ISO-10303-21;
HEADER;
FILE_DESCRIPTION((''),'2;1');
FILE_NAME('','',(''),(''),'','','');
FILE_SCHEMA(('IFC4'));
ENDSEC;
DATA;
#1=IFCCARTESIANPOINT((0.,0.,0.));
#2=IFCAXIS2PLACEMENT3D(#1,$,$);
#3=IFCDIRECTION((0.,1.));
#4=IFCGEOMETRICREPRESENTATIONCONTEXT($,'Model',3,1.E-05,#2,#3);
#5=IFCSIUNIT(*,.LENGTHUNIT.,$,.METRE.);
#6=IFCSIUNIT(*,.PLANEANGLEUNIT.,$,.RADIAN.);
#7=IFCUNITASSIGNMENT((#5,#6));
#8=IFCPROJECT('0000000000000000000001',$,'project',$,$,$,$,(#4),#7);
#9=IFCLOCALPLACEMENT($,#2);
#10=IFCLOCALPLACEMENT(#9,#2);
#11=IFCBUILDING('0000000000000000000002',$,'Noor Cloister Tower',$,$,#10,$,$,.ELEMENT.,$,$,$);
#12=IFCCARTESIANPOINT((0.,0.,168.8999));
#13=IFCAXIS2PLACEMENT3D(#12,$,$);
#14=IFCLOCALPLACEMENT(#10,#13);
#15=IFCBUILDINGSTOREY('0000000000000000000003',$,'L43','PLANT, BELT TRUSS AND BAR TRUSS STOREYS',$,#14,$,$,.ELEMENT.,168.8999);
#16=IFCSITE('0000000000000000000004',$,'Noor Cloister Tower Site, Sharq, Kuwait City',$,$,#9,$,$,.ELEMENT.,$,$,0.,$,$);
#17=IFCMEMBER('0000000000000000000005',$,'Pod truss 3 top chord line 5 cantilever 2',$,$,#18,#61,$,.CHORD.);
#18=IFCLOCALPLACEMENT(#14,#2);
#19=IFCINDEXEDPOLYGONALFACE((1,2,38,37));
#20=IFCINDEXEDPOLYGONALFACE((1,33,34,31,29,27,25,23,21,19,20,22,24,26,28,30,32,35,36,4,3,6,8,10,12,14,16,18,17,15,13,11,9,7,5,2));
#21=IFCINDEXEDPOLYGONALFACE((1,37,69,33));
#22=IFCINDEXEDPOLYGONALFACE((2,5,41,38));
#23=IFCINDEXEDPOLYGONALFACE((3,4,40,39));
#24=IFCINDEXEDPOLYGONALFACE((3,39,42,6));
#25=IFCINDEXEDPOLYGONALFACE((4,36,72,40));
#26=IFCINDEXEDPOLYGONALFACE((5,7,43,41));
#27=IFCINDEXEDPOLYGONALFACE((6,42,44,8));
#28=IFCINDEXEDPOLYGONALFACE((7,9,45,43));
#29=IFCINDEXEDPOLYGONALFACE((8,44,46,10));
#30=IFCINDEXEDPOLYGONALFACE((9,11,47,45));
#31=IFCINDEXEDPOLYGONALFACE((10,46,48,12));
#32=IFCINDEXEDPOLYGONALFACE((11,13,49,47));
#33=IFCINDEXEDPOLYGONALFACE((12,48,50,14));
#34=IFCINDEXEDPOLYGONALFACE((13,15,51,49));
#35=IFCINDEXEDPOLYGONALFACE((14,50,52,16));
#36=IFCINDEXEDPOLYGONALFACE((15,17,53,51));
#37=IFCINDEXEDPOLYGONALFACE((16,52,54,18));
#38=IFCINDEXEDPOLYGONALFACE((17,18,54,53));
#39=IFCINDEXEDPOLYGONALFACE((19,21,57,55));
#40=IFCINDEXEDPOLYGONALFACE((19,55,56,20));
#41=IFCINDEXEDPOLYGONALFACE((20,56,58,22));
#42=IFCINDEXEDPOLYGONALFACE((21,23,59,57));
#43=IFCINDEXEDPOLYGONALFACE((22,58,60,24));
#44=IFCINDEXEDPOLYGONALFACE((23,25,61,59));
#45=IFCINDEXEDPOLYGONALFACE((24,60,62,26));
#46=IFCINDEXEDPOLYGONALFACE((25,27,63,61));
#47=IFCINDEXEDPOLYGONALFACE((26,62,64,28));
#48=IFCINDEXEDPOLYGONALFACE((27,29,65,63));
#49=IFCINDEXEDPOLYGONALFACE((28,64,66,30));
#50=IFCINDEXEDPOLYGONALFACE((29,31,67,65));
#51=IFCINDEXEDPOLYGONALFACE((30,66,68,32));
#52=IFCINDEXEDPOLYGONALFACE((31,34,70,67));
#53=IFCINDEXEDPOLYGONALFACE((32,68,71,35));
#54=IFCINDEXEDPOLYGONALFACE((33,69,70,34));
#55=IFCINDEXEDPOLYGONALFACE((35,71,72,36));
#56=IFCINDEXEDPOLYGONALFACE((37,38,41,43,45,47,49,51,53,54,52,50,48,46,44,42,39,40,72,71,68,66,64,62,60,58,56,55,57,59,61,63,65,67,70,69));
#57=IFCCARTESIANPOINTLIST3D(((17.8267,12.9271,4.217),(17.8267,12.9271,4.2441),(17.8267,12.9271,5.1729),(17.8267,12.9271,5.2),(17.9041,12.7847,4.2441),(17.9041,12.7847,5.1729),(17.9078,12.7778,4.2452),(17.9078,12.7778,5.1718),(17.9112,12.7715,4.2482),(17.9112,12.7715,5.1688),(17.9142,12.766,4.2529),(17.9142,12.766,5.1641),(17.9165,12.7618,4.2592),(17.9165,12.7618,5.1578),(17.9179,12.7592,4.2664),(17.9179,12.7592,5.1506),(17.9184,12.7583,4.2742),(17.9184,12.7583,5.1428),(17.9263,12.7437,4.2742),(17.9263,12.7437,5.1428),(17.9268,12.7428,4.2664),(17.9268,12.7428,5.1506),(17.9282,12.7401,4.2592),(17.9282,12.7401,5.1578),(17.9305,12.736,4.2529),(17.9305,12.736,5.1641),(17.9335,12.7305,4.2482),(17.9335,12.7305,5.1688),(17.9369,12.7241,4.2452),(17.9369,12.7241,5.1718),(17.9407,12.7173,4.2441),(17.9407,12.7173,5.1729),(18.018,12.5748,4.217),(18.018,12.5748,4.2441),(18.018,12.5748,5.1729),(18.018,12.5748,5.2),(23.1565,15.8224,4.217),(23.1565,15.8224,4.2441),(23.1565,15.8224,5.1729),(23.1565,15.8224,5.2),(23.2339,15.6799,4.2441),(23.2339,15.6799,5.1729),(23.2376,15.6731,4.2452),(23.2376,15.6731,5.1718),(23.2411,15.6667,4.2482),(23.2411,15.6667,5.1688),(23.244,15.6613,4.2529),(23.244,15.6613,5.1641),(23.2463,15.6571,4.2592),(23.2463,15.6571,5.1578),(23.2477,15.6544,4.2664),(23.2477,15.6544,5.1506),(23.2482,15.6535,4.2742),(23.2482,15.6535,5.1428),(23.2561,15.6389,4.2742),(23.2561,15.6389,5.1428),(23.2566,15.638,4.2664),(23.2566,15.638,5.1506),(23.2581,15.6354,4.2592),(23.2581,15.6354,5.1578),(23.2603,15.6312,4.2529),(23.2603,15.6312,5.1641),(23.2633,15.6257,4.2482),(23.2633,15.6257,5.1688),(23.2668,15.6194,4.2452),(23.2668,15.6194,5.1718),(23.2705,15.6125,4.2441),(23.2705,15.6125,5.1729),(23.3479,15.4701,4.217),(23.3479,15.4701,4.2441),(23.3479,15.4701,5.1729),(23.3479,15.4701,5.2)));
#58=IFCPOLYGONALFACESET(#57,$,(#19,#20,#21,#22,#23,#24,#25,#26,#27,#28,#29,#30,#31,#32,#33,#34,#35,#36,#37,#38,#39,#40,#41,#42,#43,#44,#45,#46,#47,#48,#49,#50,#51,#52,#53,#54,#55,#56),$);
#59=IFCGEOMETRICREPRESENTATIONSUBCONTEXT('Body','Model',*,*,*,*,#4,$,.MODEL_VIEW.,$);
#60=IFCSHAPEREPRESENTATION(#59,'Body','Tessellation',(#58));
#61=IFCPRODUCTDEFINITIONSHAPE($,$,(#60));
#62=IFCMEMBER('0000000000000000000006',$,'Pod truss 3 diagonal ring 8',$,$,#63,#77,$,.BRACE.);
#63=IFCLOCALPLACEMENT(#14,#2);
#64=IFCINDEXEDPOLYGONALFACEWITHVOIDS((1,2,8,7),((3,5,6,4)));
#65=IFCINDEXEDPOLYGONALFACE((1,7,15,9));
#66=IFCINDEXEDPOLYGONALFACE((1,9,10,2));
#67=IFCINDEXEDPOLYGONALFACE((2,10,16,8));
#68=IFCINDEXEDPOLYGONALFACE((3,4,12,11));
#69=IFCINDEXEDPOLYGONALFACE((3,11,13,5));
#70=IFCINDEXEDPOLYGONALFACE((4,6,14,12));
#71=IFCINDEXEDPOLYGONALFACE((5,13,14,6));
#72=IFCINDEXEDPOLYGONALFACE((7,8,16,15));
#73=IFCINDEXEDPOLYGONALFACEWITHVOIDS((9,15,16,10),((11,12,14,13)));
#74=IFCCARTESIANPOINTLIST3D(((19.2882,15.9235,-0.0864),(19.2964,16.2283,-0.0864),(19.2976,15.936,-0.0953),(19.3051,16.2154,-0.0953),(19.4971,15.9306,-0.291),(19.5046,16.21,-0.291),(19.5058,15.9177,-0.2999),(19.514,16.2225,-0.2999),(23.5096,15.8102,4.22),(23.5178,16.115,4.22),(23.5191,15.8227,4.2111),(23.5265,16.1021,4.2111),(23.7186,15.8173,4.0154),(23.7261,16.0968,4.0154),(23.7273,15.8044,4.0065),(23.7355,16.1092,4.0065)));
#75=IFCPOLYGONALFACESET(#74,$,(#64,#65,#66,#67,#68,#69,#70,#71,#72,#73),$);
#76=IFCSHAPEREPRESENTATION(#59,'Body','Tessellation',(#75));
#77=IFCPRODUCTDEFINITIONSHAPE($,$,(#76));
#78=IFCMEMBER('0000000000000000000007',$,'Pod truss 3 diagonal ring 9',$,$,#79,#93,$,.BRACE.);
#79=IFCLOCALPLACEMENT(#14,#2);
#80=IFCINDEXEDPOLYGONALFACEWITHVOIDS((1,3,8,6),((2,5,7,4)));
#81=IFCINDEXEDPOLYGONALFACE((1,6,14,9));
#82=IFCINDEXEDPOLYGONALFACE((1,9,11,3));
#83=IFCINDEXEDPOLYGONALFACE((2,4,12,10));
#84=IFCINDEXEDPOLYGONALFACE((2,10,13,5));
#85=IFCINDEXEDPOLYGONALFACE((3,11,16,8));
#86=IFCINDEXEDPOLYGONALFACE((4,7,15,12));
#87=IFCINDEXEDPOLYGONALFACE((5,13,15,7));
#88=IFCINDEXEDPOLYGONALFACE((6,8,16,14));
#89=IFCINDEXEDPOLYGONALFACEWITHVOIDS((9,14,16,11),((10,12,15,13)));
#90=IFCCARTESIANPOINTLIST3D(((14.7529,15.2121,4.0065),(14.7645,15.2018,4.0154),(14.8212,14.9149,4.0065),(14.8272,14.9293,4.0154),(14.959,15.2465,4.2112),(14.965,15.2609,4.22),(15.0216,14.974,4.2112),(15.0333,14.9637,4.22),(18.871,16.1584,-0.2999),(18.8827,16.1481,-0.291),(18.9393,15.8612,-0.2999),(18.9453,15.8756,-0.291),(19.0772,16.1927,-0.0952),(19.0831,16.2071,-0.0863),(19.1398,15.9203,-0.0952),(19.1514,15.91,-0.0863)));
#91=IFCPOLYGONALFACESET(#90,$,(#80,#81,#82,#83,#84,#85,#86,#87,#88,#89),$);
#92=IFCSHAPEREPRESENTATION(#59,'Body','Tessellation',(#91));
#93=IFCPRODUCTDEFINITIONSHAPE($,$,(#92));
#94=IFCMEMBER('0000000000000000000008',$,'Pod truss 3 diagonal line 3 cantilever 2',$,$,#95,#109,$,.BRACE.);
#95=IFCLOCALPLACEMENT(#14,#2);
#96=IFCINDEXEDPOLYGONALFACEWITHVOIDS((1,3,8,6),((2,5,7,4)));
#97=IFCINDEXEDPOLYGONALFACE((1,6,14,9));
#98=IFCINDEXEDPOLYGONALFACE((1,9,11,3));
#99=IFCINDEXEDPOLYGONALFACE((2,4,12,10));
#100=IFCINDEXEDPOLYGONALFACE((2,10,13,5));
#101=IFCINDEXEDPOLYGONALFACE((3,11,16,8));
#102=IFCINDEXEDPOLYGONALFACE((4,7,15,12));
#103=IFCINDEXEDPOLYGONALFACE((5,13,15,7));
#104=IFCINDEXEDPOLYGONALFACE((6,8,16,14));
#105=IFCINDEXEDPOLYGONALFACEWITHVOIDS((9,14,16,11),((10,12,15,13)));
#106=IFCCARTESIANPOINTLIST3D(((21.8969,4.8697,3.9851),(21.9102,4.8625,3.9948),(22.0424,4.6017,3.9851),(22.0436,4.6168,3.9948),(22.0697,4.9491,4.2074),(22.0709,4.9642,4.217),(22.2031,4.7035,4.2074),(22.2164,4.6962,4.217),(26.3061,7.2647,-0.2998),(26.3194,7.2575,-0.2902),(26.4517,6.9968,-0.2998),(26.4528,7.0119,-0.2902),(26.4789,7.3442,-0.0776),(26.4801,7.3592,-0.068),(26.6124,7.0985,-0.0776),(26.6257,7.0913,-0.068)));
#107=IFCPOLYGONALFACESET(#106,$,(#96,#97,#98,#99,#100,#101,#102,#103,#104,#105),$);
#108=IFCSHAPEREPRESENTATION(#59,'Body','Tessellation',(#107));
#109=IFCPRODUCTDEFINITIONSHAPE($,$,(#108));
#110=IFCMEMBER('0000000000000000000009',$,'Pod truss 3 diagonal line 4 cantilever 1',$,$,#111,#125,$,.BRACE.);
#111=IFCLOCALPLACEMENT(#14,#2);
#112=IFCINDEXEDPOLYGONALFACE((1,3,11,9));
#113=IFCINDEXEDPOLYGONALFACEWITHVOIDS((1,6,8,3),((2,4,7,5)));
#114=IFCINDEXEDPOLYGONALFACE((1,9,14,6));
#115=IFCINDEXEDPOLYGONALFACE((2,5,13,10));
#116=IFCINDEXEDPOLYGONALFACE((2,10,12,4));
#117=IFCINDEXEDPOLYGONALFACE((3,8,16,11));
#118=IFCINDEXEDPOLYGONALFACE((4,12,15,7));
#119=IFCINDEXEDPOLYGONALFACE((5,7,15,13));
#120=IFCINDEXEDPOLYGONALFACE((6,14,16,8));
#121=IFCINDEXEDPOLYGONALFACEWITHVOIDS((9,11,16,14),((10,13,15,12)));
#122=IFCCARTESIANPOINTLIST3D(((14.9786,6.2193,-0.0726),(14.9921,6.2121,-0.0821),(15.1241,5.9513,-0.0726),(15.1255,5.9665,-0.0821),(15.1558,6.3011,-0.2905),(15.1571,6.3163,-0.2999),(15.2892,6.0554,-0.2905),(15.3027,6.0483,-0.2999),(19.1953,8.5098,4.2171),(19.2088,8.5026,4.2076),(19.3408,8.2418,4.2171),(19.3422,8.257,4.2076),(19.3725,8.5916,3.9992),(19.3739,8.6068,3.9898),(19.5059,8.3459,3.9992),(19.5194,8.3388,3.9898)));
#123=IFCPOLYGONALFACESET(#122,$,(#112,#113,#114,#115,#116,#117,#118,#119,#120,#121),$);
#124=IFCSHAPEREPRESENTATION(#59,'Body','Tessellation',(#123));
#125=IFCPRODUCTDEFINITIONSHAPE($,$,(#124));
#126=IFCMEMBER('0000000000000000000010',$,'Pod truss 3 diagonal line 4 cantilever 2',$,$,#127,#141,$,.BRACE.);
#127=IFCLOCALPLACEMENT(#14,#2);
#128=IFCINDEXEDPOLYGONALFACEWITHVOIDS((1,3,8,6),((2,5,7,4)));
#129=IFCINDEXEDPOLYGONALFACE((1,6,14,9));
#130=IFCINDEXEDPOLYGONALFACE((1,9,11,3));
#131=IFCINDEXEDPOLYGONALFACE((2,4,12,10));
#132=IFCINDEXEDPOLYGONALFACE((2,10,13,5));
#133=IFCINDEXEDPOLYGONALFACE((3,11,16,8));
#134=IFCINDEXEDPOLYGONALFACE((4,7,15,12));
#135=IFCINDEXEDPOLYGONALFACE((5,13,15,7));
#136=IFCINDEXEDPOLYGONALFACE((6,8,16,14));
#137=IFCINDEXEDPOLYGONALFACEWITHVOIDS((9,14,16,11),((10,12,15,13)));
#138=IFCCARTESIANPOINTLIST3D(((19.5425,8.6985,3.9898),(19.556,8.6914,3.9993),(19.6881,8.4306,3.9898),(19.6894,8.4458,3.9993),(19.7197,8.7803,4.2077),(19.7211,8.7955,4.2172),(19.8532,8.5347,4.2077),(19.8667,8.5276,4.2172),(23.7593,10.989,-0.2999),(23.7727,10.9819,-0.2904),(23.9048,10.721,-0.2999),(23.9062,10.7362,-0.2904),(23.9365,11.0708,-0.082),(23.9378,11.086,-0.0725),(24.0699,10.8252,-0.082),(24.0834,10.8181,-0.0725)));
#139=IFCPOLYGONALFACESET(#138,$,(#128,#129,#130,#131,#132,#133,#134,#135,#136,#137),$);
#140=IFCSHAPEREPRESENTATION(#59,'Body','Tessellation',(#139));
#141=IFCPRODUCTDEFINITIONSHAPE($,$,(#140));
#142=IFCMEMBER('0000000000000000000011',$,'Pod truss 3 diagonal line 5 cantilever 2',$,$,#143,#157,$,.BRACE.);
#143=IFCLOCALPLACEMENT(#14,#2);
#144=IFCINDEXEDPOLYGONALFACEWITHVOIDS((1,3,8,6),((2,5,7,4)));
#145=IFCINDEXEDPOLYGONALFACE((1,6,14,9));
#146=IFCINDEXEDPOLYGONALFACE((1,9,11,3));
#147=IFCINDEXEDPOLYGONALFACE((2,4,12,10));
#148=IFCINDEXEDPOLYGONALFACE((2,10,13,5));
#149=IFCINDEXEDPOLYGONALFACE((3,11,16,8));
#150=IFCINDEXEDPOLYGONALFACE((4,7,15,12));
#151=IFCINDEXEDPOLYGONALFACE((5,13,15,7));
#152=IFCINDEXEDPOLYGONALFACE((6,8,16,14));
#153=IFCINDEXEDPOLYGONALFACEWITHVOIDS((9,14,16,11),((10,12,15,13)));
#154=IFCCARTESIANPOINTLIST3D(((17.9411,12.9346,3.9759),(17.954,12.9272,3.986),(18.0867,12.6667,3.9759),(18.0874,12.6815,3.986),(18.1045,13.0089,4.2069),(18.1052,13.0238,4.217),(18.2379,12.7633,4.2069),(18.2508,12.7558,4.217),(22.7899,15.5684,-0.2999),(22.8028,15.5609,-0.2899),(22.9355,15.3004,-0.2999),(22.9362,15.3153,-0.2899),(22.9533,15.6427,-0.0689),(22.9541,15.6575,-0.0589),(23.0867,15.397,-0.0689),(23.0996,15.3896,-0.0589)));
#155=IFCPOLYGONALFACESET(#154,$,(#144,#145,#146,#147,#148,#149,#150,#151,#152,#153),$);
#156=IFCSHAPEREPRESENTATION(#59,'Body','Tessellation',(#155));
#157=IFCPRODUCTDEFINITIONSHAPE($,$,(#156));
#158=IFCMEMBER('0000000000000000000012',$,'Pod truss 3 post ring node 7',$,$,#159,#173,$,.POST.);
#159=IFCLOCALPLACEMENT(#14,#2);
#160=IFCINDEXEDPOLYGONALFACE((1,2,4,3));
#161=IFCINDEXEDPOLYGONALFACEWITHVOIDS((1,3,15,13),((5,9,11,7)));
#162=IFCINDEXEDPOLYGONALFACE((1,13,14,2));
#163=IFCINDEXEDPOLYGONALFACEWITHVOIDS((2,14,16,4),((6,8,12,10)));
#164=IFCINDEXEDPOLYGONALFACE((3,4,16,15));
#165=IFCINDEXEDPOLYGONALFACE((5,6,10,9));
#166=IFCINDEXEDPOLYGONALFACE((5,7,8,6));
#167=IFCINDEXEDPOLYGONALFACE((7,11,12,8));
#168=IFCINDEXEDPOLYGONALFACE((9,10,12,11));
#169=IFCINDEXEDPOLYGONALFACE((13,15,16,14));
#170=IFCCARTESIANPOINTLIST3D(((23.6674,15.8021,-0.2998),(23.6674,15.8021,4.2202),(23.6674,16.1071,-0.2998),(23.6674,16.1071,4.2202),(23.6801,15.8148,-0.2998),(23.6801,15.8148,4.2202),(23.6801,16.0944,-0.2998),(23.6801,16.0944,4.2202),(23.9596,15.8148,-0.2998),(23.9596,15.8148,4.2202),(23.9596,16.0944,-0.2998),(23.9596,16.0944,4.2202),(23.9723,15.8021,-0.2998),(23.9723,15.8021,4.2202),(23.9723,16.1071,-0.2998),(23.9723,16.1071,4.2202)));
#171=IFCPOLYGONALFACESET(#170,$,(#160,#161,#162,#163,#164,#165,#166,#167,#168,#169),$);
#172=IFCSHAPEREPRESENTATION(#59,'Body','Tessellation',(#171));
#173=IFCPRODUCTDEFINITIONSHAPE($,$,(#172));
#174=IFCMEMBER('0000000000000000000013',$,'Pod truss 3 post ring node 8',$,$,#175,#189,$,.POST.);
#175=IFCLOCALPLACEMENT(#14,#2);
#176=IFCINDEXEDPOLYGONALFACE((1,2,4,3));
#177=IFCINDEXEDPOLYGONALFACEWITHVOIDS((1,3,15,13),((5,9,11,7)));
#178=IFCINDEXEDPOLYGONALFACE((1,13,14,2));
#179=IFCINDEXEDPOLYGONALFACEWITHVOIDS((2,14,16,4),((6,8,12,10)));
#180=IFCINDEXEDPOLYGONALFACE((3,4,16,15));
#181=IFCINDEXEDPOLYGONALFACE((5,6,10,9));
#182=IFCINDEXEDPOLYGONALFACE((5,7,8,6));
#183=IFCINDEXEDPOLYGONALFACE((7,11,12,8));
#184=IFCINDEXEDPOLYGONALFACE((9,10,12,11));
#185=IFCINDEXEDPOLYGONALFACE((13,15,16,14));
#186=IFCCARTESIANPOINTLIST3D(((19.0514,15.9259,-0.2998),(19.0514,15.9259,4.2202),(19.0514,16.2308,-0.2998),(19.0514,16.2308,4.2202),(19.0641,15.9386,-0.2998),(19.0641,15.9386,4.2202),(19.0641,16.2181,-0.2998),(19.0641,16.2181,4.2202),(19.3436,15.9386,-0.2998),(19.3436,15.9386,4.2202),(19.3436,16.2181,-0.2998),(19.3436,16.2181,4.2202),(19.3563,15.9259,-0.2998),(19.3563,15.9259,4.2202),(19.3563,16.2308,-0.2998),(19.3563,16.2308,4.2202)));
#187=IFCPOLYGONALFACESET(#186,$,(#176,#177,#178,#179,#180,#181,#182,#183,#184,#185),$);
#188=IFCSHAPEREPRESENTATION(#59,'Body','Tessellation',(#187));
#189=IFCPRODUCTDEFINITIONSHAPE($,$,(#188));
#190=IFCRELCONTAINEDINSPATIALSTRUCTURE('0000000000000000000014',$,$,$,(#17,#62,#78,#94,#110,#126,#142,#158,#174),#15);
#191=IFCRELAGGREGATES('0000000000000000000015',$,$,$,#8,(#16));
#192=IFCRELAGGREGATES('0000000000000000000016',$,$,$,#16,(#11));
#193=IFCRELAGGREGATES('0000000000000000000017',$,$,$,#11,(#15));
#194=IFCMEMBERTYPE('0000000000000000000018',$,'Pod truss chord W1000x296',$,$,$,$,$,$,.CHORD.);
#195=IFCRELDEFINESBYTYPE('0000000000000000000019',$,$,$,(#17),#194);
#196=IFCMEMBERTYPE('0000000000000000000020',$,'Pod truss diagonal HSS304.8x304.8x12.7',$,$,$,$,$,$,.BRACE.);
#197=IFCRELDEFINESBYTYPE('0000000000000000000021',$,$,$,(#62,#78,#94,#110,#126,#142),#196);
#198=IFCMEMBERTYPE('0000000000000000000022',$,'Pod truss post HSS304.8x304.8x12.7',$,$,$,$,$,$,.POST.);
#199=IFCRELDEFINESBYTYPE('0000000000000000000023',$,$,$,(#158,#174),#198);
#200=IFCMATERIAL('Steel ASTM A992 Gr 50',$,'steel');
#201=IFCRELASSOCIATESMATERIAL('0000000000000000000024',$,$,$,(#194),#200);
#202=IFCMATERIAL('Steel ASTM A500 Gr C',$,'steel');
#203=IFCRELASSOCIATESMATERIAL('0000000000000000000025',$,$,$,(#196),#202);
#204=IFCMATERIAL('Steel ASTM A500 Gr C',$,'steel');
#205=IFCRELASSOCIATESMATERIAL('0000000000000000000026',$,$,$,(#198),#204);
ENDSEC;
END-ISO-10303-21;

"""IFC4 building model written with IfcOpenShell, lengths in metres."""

from ifc_helpers import new_model, si_unit, direction, frame, origin, origin_2d, place, context, subcontext, project, spatial, hollow_rectangle, i_section, extrude, material, material_profile, profile_set, type_object, element, save


model = new_model("IFC4")

# Units and contexts
model_context = context("Model", 3, precision=1e-05, world=origin(), true_north=direction((0.0, 1.0)))
body_context = subcontext(model_context, "Body", "Model", "MODEL_VIEW")
ifc_project = project(units=[si_unit("LENGTHUNIT", "METRE"), si_unit("PLANEANGLEUNIT", "RADIAN")], contexts=[model_context])

# Site, building, storey
site_placement = place(None, origin())
site = spatial("IfcSite", under=ifc_project, at=site_placement, Name="Noor Cloister Tower Site, Sharq, Kuwait City", CompositionType="ELEMENT", RefElevation=0.0)
building_placement = place(site_placement, origin())
building = spatial("IfcBuilding", under=site, at=building_placement, Name="Noor Cloister Tower", CompositionType="ELEMENT")
storey_placement = place(building_placement, frame((0.0, 0.0, 168.8999)))
storey = spatial("IfcBuildingStorey", under=building, at=storey_placement, Name="L43", Description="PLANT, BELT TRUSS AND BAR TRUSS STOREYS", CompositionType="ELEMENT", Elevation=168.8999)

# Members
ifc_material_1 = material(Name="Steel ASTM A992 Gr 50", Category="steel")
ifc_material_profile_1 = material_profile(ifc_material_1, i_section(OverallWidth=0.4009, OverallDepth=0.9829, WebThickness=0.0166, FlangeThickness=0.0271, FilletRadius=0.03, at=origin_2d()), Name="W1000x296")
ifc_profile_set_1 = profile_set([ifc_material_profile_1], Name="Steel ASTM A992 Gr 50")
member_type_1 = type_object("IfcMemberType", Name="Pod truss chord W1000x296", PredefinedType="CHORD", material=ifc_profile_set_1)
for number, where, z_axis, x_axis, name in (
    (1, (17.9224, 12.751, 4.7085), (0.87872, 0.477337, 0.0), (-0.477337, 0.87872, 0.0), "Pod truss 3 top chord line 5 cantilever 2"),
):
    element("IfcMember", number, at=place(storey_placement, frame(where, z_axis=z_axis, x_axis=x_axis)), inside=storey, type_object=member_type_1, Name=name, PredefinedType="CHORD", context=body_context, shape_type="SweptSolid", body=[
        extrude(i_section(OverallWidth=0.4009, OverallDepth=0.9829, WebThickness=0.0166, FlangeThickness=0.0271, FilletRadius=0.03, at=origin_2d()), origin(), (0.0, 0.0, 1.0), 6.0654),
    ])
ifc_material_2 = material(Name="Steel ASTM A500 Gr C", Category="steel")
ifc_material_profile_2 = material_profile(ifc_material_2, hollow_rectangle(XDim=0.3049, YDim=0.3049, WallThickness=0.0127, at=origin_2d()), Name="HSS304.8x304.8x12.7")
ifc_profile_set_2 = profile_set([ifc_material_profile_2], Name="Steel ASTM A500 Gr C")
member_type_2 = type_object("IfcMemberType", Name="Pod truss diagonal HSS304.8x304.8x12.7", PredefinedType="BRACE", material=ifc_profile_set_2)
member_1_placement = place(storey_placement, frame((23.6226, 15.9597, 4.1133), z_axis=(-0.699904, 0.018782, -0.71399), x_axis=(-0.026825, -0.99964, 0.0)))
element("IfcMember", 2, at=member_1_placement, inside=storey, type_object=member_type_2, Name="Pod truss 3 diagonal ring 8", PredefinedType="BRACE", context=body_context, shape_type="SweptSolid", body=[
    extrude(hollow_rectangle(XDim=0.3049, YDim=0.3049, WallThickness=0.0127, at=origin_2d()), origin(), (0.0, 0.0, 1.0), 6.0315),
])
member_2_placement = place(storey_placement, frame((19.0112, 16.0342, -0.1931), z_axis=(-0.682581, -0.156846, 0.71378), x_axis=(0.223948, -0.974601, 0.0)))
element("IfcMember", 3, at=member_2_placement, inside=storey, type_object=member_type_2, Name="Pod truss 3 diagonal ring 9", PredefinedType="BRACE", context=body_context, shape_type="SweptSolid", body=[
    extrude(hollow_rectangle(XDim=0.3049, YDim=0.3049, WallThickness=0.0127, at=origin_2d()), origin(), (0.0, 0.0, 1.0), 6.0332),
])
member_3_placement = place(storey_placement, frame((22.0566, 4.783, 4.1011), z_axis=(0.66823, 0.362976, -0.649397), x_axis=(-0.477317, 0.878731, 0.0)))
element("IfcMember", 4, at=member_3_placement, inside=storey, type_object=member_type_2, Name="Pod truss 3 diagonal line 3 cantilever 2", PredefinedType="BRACE", context=body_context, shape_type="SweptSolid", body=[
    extrude(hollow_rectangle(XDim=0.3049, YDim=0.3049, WallThickness=0.0127, at=origin_2d()), origin(), (0.0, 0.0, 1.0), 6.5984),
])
for number, where, z_axis, x_axis, name in (
    (5, (15.1406, 6.1338, -0.1863), (0.655125, 0.355858, 0.666466), (-0.477319, 0.87873, 0.0), "Pod truss 3 diagonal line 4 cantilever 1"),
    (6, (19.7046, 8.613, 4.1035), (0.655125, 0.355858, -0.666466), (-0.477319, 0.87873, 0.0), "Pod truss 3 diagonal line 4 cantilever 2"),
):
    element("IfcMember", number, at=place(storey_placement, frame(where, z_axis=z_axis, x_axis=x_axis)), inside=storey, type_object=member_type_2, Name=name, PredefinedType="BRACE", context=body_context, shape_type="SweptSolid", body=[
        extrude(hollow_rectangle(XDim=0.3049, YDim=0.3049, WallThickness=0.0127, at=origin_2d()), origin(), (0.0, 0.0, 1.0), 6.4365),
    ])
member_4_placement = place(storey_placement, frame((18.0959, 12.8452, 4.0964), z_axis=(0.694602, 0.37729, -0.61252), x_axis=(-0.477308, 0.878736, 0.0)))
element("IfcMember", 7, at=member_4_placement, inside=storey, type_object=member_type_2, Name="Pod truss 3 diagonal line 5 cantilever 2", PredefinedType="BRACE", context=body_context, shape_type="SweptSolid", body=[
    extrude(hollow_rectangle(XDim=0.3049, YDim=0.3049, WallThickness=0.0127, at=origin_2d()), origin(), (0.0, 0.0, 1.0), 6.9807),
])
ifc_material_3 = material(Name="Steel ASTM A500 Gr C", Category="steel")
ifc_material_profile_3 = material_profile(ifc_material_3, hollow_rectangle(XDim=0.3049, YDim=0.3049, WallThickness=0.0127, at=origin_2d()), Name="HSS304.8x304.8x12.7")
ifc_profile_set_3 = profile_set([ifc_material_profile_3], Name="Steel ASTM A500 Gr C")
member_type_3 = type_object("IfcMemberType", Name="Pod truss post HSS304.8x304.8x12.7", PredefinedType="POST", material=ifc_profile_set_3)
for number, where, z_axis, x_axis, name in (
    (8, (23.8198, 15.9546, -0.2998), (0.0, 0.0, 1.0), (1.0, 0.0, 0.0), "Pod truss 3 post ring node 7"),
    (9, (19.2039, 16.0784, -0.2998), (0.0, 0.0, 1.0), (1.0, 0.0, 0.0), "Pod truss 3 post ring node 8"),
):
    element("IfcMember", number, at=place(storey_placement, frame(where, z_axis=z_axis, x_axis=x_axis)), inside=storey, type_object=member_type_3, Name=name, PredefinedType="POST", context=body_context, shape_type="SweptSolid", body=[
        extrude(hollow_rectangle(XDim=0.3049, YDim=0.3049, WallThickness=0.0127, at=origin_2d()), origin(), (0.0, 0.0, 1.0), 4.52),
    ])

save(model, "model.ifc")
